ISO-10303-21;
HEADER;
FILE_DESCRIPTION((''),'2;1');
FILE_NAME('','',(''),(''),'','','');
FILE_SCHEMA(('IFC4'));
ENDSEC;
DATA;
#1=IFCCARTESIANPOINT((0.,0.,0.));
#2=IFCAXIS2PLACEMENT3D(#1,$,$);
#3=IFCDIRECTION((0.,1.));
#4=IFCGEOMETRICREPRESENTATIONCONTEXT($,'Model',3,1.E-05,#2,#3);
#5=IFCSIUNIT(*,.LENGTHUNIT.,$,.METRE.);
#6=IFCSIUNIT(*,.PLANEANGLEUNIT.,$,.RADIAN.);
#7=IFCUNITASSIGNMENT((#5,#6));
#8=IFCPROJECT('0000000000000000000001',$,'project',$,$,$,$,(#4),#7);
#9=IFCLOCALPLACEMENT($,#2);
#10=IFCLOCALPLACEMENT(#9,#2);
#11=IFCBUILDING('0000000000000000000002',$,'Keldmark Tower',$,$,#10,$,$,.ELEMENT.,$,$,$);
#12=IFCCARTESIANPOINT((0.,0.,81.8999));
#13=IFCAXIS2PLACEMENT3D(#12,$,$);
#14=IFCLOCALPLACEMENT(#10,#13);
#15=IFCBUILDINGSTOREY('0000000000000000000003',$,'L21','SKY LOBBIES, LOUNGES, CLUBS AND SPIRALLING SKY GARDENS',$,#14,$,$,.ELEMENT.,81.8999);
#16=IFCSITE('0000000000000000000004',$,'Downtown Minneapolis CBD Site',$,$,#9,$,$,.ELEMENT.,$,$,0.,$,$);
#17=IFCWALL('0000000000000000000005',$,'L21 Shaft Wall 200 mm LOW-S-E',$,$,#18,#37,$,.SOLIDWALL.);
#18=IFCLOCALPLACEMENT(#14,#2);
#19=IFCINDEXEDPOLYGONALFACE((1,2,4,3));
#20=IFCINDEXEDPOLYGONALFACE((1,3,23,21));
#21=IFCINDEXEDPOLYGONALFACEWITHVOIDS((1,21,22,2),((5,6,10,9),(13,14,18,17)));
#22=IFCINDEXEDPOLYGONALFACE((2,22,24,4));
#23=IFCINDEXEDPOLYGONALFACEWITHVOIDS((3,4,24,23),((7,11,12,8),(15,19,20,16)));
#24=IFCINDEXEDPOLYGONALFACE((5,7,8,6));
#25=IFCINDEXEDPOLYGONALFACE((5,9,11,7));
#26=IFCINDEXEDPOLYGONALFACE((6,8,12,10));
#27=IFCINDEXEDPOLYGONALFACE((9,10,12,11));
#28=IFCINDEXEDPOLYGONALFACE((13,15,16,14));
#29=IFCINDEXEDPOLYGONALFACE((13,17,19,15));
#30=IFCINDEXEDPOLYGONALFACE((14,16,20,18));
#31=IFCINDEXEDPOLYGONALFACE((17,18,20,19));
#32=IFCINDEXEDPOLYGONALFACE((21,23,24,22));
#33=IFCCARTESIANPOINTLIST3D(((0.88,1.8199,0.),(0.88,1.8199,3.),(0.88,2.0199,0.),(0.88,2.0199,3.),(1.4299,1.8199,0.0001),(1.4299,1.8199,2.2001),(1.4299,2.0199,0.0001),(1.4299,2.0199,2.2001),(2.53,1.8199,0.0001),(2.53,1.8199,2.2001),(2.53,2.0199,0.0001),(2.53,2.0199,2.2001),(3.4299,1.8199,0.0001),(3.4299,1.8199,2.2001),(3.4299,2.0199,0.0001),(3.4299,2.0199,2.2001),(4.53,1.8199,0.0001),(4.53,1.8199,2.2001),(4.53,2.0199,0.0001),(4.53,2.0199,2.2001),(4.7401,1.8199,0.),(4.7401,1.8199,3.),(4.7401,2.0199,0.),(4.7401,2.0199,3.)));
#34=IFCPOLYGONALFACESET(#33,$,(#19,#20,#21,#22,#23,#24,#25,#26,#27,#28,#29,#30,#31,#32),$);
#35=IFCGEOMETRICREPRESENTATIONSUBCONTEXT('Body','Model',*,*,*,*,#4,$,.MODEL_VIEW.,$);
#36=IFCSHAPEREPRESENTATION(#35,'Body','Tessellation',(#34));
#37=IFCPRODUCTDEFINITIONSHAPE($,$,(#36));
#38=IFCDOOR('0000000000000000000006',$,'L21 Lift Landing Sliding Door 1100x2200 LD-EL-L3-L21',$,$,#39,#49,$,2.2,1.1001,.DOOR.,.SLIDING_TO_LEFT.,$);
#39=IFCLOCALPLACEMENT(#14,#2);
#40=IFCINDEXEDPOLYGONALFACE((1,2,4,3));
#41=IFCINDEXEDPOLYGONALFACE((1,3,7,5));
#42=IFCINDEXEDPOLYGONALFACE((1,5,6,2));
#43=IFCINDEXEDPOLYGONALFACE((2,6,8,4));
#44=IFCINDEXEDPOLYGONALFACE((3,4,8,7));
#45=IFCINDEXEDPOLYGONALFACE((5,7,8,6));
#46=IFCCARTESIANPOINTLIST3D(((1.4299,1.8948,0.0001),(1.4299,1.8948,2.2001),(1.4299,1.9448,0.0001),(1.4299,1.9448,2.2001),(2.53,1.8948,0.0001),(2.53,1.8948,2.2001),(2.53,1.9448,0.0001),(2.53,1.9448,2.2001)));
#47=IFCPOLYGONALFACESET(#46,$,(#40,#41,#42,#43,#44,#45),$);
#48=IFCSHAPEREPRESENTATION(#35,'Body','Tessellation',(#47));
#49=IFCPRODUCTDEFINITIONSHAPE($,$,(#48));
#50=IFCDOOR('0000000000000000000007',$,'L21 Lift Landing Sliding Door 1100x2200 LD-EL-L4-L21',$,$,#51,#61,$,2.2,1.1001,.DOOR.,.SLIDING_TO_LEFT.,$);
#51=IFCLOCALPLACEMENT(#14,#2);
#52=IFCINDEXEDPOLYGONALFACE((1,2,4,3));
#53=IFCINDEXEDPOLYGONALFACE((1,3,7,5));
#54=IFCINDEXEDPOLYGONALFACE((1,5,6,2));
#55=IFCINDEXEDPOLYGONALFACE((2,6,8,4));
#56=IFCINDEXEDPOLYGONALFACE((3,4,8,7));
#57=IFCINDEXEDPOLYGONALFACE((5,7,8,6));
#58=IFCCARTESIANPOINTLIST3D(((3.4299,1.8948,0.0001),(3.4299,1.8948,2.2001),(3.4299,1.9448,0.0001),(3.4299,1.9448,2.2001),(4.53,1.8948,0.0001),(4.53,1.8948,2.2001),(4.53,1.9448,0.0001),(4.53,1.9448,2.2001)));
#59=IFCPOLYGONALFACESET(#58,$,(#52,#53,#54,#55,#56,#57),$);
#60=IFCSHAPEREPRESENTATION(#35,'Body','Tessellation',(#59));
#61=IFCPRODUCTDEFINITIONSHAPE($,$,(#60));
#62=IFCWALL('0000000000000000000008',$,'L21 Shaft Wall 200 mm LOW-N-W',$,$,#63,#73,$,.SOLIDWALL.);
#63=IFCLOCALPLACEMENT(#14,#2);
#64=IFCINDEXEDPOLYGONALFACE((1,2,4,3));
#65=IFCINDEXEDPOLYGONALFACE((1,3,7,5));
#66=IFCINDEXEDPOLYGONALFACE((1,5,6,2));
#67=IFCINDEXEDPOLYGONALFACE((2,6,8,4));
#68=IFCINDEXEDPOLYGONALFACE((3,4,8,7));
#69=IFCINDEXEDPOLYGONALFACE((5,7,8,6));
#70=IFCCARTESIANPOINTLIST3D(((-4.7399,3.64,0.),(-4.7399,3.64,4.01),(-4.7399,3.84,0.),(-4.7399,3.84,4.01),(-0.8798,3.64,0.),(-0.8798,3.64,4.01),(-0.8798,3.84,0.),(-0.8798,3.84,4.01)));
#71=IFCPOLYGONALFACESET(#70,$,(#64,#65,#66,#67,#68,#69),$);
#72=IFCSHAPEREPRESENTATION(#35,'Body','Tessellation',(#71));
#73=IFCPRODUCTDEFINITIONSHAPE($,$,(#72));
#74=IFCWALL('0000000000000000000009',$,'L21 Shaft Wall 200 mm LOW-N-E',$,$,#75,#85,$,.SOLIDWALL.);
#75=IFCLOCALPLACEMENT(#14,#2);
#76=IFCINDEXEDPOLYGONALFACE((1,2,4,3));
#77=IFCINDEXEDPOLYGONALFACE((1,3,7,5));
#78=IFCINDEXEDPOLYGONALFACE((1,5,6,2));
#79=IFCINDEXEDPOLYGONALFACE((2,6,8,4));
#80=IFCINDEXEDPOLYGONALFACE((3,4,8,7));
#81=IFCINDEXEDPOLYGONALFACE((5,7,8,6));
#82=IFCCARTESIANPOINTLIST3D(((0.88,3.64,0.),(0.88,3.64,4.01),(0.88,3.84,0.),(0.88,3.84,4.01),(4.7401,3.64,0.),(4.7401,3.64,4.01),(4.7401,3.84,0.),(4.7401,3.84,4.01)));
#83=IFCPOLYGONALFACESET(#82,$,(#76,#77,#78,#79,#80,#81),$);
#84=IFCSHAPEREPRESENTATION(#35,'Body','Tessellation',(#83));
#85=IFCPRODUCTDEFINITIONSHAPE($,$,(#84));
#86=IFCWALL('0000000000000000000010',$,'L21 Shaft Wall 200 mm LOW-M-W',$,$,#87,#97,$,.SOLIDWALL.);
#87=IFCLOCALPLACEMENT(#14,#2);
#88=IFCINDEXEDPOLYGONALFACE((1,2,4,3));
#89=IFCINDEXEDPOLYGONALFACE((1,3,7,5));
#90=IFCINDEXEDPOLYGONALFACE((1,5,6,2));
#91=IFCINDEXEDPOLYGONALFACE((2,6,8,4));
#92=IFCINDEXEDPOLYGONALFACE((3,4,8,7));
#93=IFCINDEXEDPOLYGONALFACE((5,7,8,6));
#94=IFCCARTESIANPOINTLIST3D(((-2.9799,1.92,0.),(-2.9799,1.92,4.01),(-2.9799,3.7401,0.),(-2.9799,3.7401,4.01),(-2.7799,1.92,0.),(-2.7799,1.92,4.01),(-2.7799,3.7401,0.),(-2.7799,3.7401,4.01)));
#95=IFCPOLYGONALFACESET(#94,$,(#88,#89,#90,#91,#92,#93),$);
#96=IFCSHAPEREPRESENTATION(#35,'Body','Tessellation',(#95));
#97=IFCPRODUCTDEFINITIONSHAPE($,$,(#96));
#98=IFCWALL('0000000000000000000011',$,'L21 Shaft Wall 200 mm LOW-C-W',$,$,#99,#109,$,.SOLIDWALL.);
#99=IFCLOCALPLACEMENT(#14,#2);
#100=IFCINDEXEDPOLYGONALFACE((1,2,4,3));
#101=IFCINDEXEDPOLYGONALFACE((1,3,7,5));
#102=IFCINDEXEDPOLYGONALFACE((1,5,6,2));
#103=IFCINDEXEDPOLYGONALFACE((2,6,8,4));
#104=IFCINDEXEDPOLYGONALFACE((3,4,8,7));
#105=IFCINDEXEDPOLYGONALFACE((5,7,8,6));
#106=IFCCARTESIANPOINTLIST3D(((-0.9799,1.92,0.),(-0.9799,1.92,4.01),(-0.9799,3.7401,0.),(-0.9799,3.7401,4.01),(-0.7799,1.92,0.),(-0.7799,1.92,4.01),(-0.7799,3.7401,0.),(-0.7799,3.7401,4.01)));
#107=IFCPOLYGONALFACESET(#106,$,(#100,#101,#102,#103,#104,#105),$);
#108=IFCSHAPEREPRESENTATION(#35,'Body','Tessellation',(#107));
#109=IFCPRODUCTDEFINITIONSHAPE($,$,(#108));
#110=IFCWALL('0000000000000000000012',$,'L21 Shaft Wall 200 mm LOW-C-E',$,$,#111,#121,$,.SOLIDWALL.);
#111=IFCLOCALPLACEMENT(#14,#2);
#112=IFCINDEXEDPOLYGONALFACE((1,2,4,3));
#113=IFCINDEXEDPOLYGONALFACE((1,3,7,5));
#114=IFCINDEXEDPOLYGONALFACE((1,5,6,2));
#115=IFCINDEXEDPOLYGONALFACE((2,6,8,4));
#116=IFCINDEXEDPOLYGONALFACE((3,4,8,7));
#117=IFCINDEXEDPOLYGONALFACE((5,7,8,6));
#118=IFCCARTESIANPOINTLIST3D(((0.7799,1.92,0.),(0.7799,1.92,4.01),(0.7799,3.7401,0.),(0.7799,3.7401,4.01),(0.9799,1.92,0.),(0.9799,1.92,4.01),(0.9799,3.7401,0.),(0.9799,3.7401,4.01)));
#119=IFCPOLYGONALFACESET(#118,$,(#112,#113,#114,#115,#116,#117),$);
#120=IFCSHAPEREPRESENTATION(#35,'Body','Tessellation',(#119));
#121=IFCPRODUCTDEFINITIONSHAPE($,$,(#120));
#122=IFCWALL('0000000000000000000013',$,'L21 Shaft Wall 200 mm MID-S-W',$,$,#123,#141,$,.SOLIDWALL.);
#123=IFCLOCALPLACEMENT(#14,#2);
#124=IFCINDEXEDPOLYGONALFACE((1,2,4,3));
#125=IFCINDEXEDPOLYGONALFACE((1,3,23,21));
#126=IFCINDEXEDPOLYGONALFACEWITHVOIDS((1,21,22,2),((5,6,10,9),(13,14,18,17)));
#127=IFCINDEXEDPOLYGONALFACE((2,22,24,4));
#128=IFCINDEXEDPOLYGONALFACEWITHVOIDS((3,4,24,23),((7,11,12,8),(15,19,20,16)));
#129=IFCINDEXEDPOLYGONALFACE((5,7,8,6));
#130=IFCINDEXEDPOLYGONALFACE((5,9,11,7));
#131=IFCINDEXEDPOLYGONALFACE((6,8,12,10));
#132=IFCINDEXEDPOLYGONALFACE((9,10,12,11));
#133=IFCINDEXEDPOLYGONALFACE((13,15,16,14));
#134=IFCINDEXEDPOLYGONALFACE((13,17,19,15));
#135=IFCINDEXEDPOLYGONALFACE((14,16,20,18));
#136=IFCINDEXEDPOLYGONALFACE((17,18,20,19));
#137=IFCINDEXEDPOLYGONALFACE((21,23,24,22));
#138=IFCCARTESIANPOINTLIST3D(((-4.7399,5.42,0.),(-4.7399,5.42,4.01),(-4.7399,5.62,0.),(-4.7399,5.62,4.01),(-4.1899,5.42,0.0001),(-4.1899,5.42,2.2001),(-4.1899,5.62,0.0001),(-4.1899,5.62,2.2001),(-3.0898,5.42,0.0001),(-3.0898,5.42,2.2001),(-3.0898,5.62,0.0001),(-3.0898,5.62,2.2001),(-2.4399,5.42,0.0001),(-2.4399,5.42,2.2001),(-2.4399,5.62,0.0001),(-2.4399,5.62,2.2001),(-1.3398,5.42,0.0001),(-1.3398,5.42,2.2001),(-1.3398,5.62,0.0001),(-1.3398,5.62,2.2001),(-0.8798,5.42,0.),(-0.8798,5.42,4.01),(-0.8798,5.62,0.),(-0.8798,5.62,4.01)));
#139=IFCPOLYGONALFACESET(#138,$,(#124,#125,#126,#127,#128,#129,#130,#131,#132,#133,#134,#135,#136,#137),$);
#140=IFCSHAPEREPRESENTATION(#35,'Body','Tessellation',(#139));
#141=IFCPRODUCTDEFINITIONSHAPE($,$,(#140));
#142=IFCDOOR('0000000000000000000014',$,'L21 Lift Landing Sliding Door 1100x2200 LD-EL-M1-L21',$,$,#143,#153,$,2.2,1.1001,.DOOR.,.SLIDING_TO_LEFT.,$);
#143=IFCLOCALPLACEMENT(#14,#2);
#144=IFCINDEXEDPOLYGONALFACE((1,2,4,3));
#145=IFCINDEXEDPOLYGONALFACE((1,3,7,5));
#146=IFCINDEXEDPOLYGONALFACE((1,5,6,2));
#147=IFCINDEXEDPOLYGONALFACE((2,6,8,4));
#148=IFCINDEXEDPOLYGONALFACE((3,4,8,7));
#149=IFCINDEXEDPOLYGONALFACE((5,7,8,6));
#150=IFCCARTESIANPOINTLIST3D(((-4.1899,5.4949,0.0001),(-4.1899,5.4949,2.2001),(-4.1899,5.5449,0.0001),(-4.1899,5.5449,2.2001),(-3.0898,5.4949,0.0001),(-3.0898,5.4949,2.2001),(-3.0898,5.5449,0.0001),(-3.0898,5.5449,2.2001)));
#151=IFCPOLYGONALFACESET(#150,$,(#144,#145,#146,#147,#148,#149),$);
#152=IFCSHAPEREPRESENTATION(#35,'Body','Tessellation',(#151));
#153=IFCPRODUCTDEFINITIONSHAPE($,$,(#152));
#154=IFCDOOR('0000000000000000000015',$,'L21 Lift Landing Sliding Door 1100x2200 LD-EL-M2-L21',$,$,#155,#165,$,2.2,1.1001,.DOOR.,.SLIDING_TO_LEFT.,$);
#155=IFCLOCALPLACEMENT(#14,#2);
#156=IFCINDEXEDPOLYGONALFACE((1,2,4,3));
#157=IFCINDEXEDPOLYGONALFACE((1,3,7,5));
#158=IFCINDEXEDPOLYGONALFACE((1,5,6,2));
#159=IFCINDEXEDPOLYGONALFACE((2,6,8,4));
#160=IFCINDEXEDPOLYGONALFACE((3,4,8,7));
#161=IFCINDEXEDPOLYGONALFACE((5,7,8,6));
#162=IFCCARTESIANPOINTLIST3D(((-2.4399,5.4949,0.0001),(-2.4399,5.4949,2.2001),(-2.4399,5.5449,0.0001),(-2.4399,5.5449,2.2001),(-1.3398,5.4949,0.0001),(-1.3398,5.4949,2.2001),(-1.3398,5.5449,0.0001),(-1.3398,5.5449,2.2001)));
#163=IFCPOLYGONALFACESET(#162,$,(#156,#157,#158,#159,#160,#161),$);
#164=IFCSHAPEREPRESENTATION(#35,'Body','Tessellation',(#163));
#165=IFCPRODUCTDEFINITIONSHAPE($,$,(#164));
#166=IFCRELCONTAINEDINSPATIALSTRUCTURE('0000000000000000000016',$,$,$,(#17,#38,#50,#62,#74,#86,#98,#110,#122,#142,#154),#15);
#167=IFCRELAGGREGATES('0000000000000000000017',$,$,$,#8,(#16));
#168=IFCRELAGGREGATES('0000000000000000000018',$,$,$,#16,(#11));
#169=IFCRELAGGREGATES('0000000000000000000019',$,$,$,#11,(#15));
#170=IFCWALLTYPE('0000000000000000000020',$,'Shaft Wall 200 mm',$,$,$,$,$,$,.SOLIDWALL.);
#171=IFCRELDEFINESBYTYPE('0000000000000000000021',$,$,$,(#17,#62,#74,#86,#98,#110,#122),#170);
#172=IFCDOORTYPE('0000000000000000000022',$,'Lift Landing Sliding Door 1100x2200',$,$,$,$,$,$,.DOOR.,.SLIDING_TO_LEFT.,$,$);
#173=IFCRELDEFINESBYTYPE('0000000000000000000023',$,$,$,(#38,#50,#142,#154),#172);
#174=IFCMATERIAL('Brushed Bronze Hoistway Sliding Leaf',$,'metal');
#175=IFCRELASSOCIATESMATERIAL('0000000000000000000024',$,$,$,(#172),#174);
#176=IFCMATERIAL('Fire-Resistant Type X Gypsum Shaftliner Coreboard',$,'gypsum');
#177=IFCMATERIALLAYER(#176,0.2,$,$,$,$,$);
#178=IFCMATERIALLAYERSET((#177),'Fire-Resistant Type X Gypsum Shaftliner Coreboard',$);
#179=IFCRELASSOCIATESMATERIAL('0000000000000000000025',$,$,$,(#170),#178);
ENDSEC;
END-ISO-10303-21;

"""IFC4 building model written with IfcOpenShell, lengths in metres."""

from ifc_helpers import new_model, si_unit, direction, frame, frame_2d, origin, place, context, subcontext, project, spatial, rectangle, extrude, material, layer, layer_set, type_object, element, fill, save


model = new_model("IFC4")

# Units and contexts
model_context = context("Model", 3, precision=1e-05, world=origin(), true_north=direction((0.0, 1.0)))
body_context = subcontext(model_context, "Body", "Model", "MODEL_VIEW")
ifc_project = project(units=[si_unit("LENGTHUNIT", "METRE"), si_unit("PLANEANGLEUNIT", "RADIAN")], contexts=[model_context])

# Site, building, storey
site_placement = place(None, origin())
site = spatial("IfcSite", under=ifc_project, at=site_placement, Name="Downtown Minneapolis CBD Site", CompositionType="ELEMENT", RefElevation=0.0)
building_placement = place(site_placement, origin())
building = spatial("IfcBuilding", under=site, at=building_placement, Name="Keldmark Tower", CompositionType="ELEMENT")
storey_placement = place(building_placement, frame((0.0, 0.0, 81.8999)))
storey = spatial("IfcBuildingStorey", under=building, at=storey_placement, Name="L21", Description="SKY LOBBIES, LOUNGES, CLUBS AND SPIRALLING SKY GARDENS", CompositionType="ELEMENT", Elevation=81.8999)

# Shared definitions
ifc_material_1 = material(Name="Brushed Bronze Hoistway Sliding Leaf", Category="metal")
door_type_1 = type_object("IfcDoorType", Name="Lift Landing Sliding Door 1100x2200", OperationType="SLIDING_TO_LEFT", PredefinedType="DOOR", material=ifc_material_1)

# Wall, openings, doors
ifc_material_2 = material(Name="Fire-Resistant Type X Gypsum Shaftliner Coreboard", Category="gypsum")
ifc_layer_1 = layer(ifc_material_2, 0.2)
ifc_layer_set_1 = layer_set([ifc_layer_1], Name="Fire-Resistant Type X Gypsum Shaftliner Coreboard")
wall_type_1 = type_object("IfcWallType", Name="Shaft Wall 200 mm", PredefinedType="SOLIDWALL", material=ifc_layer_set_1)
wall_1_placement = place(storey_placement, frame((0.8799, 1.9199, 0.0), z_axis=(0.0, 0.0, 1.0), x_axis=(1.0, 0.0, 0.0)))
wall_1 = element("IfcWall", 1, at=wall_1_placement, inside=storey, type_object=wall_type_1, Name="L21 Shaft Wall 200 mm LOW-S-E", PredefinedType="SOLIDWALL", context=body_context, shape_type="SweptSolid", body=[
    extrude(rectangle(XDim=3.8601, YDim=0.2, at=frame_2d((1.9302, 0.0))), origin(), (0.0, 0.0, 1.0), 3.0),
])
opening_1_placement = place(wall_1_placement, frame((0.55, 0.0, 0.0)))
opening_1 = element("IfcOpeningElement", 2, at=opening_1_placement, cuts=wall_1, PredefinedType="OPENING", context=body_context, shape_type="SweptSolid", body=[
    extrude(rectangle(XDim=1.1001, YDim=2.2, at=frame_2d((0.55, 1.1001))), frame((0.0, 0.1099, 0.0), z_axis=(0.0, -1.0, 0.0), x_axis=(1.0, 0.0, 0.0)), (0.0, 0.0, 1.0), 0.22),
])
opening_2_placement = place(wall_1_placement, frame((2.55, 0.0, 0.0)))
opening_2 = element("IfcOpeningElement", 3, at=opening_2_placement, cuts=wall_1, PredefinedType="OPENING", context=body_context, shape_type="SweptSolid", body=[
    extrude(rectangle(XDim=1.1001, YDim=2.2, at=frame_2d((0.55, 1.1001))), frame((0.0, 0.1099, 0.0), z_axis=(0.0, -1.0, 0.0), x_axis=(1.0, 0.0, 0.0)), (0.0, 0.0, 1.0), 0.22),
])
door_1_placement = place(opening_1_placement, origin())
door_1 = element("IfcDoor", 4, at=door_1_placement, inside=storey, type_object=door_type_1, Name="L21 Lift Landing Sliding Door 1100x2200 LD-EL-L3-L21", OperationType="SLIDING_TO_LEFT", OverallHeight=2.2, OverallWidth=1.1001, PredefinedType="DOOR", context=body_context, shape_type="SweptSolid", body=[
    extrude(rectangle(XDim=1.1001, YDim=2.2, at=frame_2d((0.55, 1.1001))), frame((0.0, 0.0249, 0.0), z_axis=(0.0, -1.0, 0.0), x_axis=(1.0, 0.0, 0.0)), (0.0, 0.0, 1.0), 0.05),
])
fill(opening_1, door_1)
door_2_placement = place(opening_2_placement, origin())
door_2 = element("IfcDoor", 5, at=door_2_placement, inside=storey, type_object=door_type_1, Name="L21 Lift Landing Sliding Door 1100x2200 LD-EL-L4-L21", OperationType="SLIDING_TO_LEFT", OverallHeight=2.2, OverallWidth=1.1001, PredefinedType="DOOR", context=body_context, shape_type="SweptSolid", body=[
    extrude(rectangle(XDim=1.1001, YDim=2.2, at=frame_2d((0.55, 1.1001))), frame((0.0, 0.0249, 0.0), z_axis=(0.0, -1.0, 0.0), x_axis=(1.0, 0.0, 0.0)), (0.0, 0.0, 1.0), 0.05),
])
fill(opening_2, door_2)

# Walls
for number, where, z_axis, x_axis, name in (
    (6, (-4.74, 3.74, 0.0), (0.0, 0.0, 1.0), (1.0, 0.0, 0.0), "L21 Shaft Wall 200 mm LOW-N-W"),
    (7, (0.8799, 3.74, 0.0), (0.0, 0.0, 1.0), (1.0, 0.0, 0.0), "L21 Shaft Wall 200 mm LOW-N-E"),
):
    element("IfcWall", number, at=place(storey_placement, frame(where, z_axis=z_axis, x_axis=x_axis)), inside=storey, type_object=wall_type_1, Name=name, PredefinedType="SOLIDWALL", context=body_context, shape_type="SweptSolid", body=[
        extrude(rectangle(XDim=3.8601, YDim=0.2, at=frame_2d((1.9302, 0.0))), origin(), (0.0, 0.0, 1.0), 4.01),
    ])
for number, where, z_axis, x_axis, name in (
    (8, (-2.8799, 1.9199, 0.0), (0.0, 0.0, 1.0), (0.0, 1.0, 0.0), "L21 Shaft Wall 200 mm LOW-M-W"),
    (9, (-0.8799, 1.9199, 0.0), (0.0, 0.0, 1.0), (0.0, 1.0, 0.0), "L21 Shaft Wall 200 mm LOW-C-W"),
    (10, (0.8799, 1.9199, 0.0), (0.0, 0.0, 1.0), (0.0, 1.0, 0.0), "L21 Shaft Wall 200 mm LOW-C-E"),
):
    element("IfcWall", number, at=place(storey_placement, frame(where, z_axis=z_axis, x_axis=x_axis)), inside=storey, type_object=wall_type_1, Name=name, PredefinedType="SOLIDWALL", context=body_context, shape_type="SweptSolid", body=[
        extrude(rectangle(XDim=1.8201, YDim=0.2, at=frame_2d((0.9102, 0.0))), origin(), (0.0, 0.0, 1.0), 4.01),
    ])

# Wall, openings, doors
wall_2_placement = place(storey_placement, frame((-4.74, 5.52, 0.0), z_axis=(0.0, 0.0, 1.0), x_axis=(1.0, 0.0, 0.0)))
wall_2 = element("IfcWall", 11, at=wall_2_placement, inside=storey, type_object=wall_type_1, Name="L21 Shaft Wall 200 mm MID-S-W", PredefinedType="SOLIDWALL", context=body_context, shape_type="SweptSolid", body=[
    extrude(rectangle(XDim=3.8601, YDim=0.2, at=frame_2d((1.9302, 0.0))), origin(), (0.0, 0.0, 1.0), 4.01),
])
opening_3_placement = place(wall_2_placement, frame((0.55, 0.0, 0.0)))
opening_3 = element("IfcOpeningElement", 12, at=opening_3_placement, cuts=wall_2, PredefinedType="OPENING", context=body_context, shape_type="SweptSolid", body=[
    extrude(rectangle(XDim=1.1001, YDim=2.2, at=frame_2d((0.55, 1.1001))), frame((0.0, 0.1099, 0.0), z_axis=(0.0, -1.0, 0.0), x_axis=(1.0, 0.0, 0.0)), (0.0, 0.0, 1.0), 0.22),
])
opening_4_placement = place(wall_2_placement, frame((2.3, 0.0, 0.0)))
opening_4 = element("IfcOpeningElement", 13, at=opening_4_placement, cuts=wall_2, PredefinedType="OPENING", context=body_context, shape_type="SweptSolid", body=[
    extrude(rectangle(XDim=1.1001, YDim=2.2, at=frame_2d((0.55, 1.1001))), frame((0.0, 0.1099, 0.0), z_axis=(0.0, -1.0, 0.0), x_axis=(1.0, 0.0, 0.0)), (0.0, 0.0, 1.0), 0.22),
])
door_3_placement = place(opening_3_placement, origin())
door_3 = element("IfcDoor", 14, at=door_3_placement, inside=storey, type_object=door_type_1, Name="L21 Lift Landing Sliding Door 1100x2200 LD-EL-M1-L21", OperationType="SLIDING_TO_LEFT", OverallHeight=2.2, OverallWidth=1.1001, PredefinedType="DOOR", context=body_context, shape_type="SweptSolid", body=[
    extrude(rectangle(XDim=1.1001, YDim=2.2, at=frame_2d((0.55, 1.1001))), frame((0.0, 0.0249, 0.0), z_axis=(0.0, -1.0, 0.0), x_axis=(1.0, 0.0, 0.0)), (0.0, 0.0, 1.0), 0.05),
])
fill(opening_3, door_3)
door_4_placement = place(opening_4_placement, origin())
door_4 = element("IfcDoor", 15, at=door_4_placement, inside=storey, type_object=door_type_1, Name="L21 Lift Landing Sliding Door 1100x2200 LD-EL-M2-L21", OperationType="SLIDING_TO_LEFT", OverallHeight=2.2, OverallWidth=1.1001, PredefinedType="DOOR", context=body_context, shape_type="SweptSolid", body=[
    extrude(rectangle(XDim=1.1001, YDim=2.2, at=frame_2d((0.55, 1.1001))), frame((0.0, 0.0249, 0.0), z_axis=(0.0, -1.0, 0.0), x_axis=(1.0, 0.0, 0.0)), (0.0, 0.0, 1.0), 0.05),
])
fill(opening_4, door_4)

save(model, "model.ifc")
